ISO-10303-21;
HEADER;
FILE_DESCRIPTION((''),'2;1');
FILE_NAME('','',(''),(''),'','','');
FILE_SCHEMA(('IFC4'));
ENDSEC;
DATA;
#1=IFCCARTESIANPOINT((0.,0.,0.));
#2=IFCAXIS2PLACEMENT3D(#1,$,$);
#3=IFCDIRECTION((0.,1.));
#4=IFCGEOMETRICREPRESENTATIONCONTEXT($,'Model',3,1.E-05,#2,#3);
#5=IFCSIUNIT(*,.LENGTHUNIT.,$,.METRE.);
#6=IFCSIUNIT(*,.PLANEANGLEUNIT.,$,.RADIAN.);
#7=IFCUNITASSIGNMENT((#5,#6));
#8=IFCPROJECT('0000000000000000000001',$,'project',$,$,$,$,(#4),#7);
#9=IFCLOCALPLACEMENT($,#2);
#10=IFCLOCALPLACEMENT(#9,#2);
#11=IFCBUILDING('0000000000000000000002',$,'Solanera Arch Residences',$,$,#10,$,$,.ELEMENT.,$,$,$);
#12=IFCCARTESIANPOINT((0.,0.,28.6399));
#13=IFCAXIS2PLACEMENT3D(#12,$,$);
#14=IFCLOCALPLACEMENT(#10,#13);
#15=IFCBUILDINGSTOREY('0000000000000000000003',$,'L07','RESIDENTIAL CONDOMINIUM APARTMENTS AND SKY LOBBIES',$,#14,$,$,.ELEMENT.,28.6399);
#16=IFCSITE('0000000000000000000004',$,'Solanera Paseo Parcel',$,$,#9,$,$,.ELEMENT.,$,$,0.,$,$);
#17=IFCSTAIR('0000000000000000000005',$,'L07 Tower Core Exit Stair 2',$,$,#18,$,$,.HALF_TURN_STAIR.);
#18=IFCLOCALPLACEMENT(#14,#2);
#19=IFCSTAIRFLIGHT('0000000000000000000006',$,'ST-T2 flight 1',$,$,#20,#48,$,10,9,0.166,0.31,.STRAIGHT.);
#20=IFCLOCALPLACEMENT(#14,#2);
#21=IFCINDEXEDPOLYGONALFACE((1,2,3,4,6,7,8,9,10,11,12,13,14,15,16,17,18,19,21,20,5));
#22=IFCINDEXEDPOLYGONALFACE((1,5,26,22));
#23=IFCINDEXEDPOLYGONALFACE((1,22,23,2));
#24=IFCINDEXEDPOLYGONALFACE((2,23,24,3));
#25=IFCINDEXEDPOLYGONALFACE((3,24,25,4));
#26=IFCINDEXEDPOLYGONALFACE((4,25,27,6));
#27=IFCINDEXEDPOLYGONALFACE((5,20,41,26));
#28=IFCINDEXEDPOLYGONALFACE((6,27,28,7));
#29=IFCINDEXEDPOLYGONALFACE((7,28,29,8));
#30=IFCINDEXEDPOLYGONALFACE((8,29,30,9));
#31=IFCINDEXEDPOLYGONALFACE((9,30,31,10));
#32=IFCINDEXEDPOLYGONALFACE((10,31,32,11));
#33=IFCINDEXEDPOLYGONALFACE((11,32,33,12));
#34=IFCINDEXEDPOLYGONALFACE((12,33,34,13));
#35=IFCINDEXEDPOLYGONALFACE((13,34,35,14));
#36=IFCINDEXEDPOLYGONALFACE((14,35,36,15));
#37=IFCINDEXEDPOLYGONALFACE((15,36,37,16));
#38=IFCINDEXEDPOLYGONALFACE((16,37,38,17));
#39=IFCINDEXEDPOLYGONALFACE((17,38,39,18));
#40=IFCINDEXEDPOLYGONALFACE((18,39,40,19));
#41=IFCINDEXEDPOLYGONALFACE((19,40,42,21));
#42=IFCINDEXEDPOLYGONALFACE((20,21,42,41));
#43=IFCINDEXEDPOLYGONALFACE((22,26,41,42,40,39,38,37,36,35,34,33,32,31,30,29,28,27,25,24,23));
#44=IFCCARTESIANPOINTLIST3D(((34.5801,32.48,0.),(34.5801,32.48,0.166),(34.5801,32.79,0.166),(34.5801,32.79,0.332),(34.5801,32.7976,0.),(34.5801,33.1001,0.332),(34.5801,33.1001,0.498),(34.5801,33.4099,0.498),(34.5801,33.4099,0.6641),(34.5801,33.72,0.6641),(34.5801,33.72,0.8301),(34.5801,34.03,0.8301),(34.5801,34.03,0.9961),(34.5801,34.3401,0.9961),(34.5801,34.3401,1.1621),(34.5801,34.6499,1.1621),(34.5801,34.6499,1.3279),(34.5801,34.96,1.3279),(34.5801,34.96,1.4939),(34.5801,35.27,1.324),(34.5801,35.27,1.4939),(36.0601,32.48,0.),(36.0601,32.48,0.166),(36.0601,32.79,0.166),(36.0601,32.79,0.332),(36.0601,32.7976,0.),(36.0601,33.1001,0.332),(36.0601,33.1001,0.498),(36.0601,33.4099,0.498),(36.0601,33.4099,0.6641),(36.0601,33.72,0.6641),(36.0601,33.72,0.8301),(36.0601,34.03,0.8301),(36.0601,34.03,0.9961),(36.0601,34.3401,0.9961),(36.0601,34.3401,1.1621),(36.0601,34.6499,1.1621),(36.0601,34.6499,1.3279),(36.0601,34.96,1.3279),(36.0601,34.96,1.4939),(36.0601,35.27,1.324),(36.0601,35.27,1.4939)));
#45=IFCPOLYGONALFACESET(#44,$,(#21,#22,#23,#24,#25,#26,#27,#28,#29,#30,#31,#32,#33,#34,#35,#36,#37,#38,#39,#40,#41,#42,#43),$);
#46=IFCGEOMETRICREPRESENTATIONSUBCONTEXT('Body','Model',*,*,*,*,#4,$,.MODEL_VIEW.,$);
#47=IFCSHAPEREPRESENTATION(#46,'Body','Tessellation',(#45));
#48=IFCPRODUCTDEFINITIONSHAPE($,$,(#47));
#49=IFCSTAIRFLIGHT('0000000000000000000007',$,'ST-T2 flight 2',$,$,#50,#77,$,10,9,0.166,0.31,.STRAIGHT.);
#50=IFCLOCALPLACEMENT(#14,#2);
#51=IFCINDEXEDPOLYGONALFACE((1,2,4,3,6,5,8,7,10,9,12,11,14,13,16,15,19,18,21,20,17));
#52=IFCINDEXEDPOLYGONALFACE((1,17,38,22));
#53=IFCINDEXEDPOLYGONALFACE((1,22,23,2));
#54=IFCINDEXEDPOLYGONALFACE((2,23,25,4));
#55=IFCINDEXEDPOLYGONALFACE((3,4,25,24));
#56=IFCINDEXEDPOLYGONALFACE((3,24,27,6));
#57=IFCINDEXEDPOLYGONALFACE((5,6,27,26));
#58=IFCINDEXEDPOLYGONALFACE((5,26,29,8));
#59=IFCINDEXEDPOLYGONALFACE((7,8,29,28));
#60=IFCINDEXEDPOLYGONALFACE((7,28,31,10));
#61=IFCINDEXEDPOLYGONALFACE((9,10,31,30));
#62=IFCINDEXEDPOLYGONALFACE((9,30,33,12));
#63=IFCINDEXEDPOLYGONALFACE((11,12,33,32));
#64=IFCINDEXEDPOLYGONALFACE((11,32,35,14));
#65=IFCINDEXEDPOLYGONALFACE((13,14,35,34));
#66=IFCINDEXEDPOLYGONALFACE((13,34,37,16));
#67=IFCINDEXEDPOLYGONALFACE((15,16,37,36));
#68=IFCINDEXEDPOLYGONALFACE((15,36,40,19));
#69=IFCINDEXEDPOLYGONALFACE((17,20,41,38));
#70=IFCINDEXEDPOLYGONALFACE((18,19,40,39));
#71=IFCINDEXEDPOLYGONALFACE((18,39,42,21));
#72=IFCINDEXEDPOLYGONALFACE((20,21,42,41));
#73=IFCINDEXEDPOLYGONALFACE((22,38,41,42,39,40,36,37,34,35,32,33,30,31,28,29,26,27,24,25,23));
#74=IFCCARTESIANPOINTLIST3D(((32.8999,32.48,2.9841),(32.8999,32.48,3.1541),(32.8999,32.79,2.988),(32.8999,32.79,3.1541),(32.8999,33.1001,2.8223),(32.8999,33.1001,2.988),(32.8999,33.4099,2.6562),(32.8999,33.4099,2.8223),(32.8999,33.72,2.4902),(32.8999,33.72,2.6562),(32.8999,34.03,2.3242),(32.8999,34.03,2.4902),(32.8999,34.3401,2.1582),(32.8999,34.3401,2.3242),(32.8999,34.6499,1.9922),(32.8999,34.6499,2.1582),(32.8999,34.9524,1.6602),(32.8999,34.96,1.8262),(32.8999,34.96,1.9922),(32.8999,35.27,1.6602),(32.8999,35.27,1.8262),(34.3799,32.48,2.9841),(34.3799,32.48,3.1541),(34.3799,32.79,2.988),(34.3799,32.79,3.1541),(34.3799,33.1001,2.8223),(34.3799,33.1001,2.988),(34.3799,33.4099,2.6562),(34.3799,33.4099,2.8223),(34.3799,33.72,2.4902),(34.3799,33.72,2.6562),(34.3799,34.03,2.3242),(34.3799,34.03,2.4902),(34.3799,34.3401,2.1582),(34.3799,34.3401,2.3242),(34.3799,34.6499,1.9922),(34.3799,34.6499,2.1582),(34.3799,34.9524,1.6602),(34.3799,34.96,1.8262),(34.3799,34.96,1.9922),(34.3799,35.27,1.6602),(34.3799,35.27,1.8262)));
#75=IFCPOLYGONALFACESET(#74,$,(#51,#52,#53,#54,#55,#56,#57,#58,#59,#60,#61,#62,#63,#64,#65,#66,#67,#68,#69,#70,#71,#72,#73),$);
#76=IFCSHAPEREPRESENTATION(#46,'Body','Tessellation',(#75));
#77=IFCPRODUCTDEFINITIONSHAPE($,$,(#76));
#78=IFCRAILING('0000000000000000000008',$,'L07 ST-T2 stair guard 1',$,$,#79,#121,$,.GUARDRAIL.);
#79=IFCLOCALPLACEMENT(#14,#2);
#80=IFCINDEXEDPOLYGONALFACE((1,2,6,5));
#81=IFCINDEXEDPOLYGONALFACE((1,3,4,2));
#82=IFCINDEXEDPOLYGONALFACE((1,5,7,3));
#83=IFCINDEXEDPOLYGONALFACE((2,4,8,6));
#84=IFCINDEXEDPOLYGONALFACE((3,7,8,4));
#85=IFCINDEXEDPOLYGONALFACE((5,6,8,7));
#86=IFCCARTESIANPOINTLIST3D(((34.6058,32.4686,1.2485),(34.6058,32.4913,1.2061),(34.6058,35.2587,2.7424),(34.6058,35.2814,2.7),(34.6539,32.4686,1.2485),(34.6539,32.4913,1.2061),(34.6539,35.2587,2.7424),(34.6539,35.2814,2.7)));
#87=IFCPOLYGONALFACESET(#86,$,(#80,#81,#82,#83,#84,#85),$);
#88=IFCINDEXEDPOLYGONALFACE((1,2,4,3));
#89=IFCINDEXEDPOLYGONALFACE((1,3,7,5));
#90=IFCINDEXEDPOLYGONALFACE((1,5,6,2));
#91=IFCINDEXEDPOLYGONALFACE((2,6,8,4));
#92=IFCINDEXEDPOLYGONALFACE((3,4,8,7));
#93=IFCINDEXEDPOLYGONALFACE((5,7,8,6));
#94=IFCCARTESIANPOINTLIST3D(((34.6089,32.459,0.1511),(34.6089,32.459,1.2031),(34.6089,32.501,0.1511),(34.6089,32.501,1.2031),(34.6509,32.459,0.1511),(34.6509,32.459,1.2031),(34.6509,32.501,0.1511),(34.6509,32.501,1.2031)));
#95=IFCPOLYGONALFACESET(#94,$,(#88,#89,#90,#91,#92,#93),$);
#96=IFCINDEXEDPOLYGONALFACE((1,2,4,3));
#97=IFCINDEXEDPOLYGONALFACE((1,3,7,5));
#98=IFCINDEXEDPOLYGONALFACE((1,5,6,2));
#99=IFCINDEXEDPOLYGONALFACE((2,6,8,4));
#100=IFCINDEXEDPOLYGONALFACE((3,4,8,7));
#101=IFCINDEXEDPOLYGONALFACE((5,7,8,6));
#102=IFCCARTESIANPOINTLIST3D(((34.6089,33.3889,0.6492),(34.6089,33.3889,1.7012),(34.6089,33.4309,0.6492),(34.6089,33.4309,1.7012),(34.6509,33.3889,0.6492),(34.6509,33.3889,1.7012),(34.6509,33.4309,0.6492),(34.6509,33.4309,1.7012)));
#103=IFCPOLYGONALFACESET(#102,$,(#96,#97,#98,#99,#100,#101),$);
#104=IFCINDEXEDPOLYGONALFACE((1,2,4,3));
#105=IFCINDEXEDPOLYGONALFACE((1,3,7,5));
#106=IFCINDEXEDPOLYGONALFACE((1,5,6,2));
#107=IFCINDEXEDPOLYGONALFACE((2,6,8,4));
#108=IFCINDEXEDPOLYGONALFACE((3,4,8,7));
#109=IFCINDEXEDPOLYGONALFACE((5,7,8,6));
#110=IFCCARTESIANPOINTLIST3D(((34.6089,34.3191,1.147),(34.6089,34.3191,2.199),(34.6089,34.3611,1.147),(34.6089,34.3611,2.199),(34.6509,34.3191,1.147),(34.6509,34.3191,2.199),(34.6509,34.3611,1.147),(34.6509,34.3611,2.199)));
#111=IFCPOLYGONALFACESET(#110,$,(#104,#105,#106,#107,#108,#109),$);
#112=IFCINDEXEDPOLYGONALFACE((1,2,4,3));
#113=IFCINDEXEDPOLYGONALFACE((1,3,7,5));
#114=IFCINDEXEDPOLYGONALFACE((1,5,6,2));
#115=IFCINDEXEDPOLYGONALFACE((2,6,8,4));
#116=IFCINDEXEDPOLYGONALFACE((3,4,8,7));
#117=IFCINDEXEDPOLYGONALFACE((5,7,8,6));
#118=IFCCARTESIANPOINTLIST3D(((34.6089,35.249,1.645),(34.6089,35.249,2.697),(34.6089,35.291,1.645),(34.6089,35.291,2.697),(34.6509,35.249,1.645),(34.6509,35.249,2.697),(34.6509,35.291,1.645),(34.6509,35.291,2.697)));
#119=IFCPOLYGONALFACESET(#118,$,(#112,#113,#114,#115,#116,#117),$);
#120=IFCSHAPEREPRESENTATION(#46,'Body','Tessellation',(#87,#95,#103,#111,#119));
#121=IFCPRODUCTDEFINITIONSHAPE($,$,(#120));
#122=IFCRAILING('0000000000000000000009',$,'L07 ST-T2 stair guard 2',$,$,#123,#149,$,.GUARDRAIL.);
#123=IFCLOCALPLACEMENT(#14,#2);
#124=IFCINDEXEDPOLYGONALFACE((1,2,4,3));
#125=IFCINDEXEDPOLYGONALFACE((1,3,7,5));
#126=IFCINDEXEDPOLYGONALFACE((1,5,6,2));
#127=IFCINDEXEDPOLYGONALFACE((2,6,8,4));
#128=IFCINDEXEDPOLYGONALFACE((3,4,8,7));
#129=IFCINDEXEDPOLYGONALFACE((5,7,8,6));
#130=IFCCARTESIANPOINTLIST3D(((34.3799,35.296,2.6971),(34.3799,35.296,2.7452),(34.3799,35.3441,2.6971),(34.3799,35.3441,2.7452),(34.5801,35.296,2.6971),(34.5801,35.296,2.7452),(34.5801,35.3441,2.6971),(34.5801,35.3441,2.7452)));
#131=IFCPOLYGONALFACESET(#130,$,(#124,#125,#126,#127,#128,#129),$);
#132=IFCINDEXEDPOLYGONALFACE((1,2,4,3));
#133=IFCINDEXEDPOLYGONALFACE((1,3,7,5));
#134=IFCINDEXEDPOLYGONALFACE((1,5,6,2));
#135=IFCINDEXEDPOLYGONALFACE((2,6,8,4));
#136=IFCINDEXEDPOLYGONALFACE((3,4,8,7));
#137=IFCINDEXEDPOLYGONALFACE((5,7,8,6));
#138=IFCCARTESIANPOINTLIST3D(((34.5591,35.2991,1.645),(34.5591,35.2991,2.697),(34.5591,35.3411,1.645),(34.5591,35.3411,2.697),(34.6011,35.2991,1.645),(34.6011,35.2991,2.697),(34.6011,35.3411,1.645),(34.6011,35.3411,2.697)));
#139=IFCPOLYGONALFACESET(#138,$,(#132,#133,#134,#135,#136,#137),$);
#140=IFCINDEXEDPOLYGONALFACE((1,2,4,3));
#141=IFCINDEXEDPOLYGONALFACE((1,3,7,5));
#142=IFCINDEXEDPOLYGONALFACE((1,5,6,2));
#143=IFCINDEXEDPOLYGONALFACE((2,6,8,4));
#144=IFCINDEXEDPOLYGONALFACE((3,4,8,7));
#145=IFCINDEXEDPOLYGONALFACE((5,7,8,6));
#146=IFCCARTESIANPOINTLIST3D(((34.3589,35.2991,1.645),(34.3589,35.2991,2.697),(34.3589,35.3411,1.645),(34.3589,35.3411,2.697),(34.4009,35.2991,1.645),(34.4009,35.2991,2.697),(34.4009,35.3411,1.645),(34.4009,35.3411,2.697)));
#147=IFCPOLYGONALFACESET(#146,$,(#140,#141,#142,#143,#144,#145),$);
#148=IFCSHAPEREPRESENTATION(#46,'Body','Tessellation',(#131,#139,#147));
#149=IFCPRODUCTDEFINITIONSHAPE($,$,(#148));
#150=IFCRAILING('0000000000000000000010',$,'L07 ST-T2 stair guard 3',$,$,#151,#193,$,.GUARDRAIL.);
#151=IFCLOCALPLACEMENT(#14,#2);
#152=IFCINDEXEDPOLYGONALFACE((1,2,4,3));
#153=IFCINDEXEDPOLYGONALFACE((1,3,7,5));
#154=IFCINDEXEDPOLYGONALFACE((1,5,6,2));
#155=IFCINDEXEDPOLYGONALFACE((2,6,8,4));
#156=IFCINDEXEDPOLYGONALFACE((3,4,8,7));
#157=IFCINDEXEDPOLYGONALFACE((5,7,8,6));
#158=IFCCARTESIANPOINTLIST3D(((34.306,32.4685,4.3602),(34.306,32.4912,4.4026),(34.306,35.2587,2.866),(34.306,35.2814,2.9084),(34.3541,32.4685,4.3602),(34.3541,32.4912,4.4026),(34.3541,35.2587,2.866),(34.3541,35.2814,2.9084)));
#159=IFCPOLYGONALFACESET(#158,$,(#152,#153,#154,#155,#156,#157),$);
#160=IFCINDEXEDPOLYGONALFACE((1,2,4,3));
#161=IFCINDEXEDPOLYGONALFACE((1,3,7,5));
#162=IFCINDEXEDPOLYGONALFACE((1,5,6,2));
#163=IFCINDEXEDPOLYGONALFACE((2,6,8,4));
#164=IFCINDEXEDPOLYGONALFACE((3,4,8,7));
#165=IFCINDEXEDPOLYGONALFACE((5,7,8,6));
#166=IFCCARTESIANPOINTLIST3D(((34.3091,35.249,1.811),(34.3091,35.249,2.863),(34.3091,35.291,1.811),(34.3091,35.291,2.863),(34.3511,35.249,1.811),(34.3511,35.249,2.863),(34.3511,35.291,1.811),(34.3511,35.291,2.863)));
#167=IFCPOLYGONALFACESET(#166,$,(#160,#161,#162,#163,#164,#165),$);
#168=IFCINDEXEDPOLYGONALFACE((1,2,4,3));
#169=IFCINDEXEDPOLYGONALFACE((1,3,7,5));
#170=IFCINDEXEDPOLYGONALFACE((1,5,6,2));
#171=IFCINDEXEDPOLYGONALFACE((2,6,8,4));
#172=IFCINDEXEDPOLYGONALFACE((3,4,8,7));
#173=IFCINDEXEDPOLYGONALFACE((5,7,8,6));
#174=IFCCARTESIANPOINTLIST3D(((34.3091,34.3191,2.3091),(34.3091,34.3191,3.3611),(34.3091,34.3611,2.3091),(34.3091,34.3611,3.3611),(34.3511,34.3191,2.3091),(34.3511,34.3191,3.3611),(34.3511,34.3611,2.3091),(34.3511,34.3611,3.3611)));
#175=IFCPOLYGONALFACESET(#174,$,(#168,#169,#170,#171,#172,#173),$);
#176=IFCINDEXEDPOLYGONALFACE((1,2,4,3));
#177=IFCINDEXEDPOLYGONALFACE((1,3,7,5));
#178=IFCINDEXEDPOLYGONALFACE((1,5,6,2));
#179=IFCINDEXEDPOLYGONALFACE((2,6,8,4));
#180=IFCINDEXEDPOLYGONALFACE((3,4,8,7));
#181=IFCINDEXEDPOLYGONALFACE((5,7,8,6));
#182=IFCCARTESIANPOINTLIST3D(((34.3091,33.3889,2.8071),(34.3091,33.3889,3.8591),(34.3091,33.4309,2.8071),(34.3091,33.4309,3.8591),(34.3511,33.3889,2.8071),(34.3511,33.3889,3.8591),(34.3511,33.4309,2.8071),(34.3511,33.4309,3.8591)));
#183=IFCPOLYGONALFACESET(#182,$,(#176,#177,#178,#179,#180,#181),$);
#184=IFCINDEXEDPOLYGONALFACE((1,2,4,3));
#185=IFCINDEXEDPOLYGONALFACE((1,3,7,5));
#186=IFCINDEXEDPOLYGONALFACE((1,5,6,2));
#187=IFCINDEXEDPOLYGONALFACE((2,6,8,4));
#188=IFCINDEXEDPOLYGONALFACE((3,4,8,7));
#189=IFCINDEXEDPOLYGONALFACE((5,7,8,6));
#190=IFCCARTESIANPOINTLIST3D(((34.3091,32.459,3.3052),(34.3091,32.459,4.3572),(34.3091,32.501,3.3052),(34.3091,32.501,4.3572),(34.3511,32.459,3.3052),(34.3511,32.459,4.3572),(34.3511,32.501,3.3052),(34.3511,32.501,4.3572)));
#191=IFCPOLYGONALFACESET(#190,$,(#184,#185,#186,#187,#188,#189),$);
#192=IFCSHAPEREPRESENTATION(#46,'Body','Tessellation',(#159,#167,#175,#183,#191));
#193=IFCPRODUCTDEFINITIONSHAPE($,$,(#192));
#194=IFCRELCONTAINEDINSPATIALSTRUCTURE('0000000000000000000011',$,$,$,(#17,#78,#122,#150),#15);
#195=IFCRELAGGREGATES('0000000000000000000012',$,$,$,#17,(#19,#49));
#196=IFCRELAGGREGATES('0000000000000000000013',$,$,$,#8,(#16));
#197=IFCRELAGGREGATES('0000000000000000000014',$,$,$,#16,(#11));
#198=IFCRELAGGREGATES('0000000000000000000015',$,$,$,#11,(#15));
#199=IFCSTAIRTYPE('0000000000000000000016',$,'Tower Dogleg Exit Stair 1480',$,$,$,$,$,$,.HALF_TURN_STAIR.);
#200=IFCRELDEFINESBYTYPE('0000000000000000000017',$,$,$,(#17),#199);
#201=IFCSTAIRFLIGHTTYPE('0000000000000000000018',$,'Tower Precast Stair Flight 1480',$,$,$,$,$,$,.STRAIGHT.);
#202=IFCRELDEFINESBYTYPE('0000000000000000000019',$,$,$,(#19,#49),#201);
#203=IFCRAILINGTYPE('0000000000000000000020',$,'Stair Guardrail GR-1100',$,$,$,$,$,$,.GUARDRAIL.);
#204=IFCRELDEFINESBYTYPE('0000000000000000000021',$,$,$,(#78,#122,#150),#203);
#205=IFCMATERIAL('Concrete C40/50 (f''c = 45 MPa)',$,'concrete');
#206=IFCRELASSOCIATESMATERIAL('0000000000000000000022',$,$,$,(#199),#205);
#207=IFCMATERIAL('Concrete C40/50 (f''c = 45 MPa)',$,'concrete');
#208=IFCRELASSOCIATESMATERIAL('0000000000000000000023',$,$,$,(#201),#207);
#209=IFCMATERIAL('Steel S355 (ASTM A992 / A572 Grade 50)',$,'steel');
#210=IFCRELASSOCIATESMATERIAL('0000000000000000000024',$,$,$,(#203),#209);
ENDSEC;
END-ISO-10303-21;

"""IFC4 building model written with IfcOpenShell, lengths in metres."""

from ifc_helpers import new_model, si_unit, direction, frame, origin, origin_2d, place, context, subcontext, project, spatial, polyline, rectangle, outline, extrude, material, type_object, element, aggregate, save


model = new_model("IFC4")

# Units and contexts
model_context = context("Model", 3, precision=1e-05, world=origin(), true_north=direction((0.0, 1.0)))
body_context = subcontext(model_context, "Body", "Model", "MODEL_VIEW")
ifc_project = project(units=[si_unit("LENGTHUNIT", "METRE"), si_unit("PLANEANGLEUNIT", "RADIAN")], contexts=[model_context])

# Site, building, storey
site_placement = place(None, origin())
site = spatial("IfcSite", under=ifc_project, at=site_placement, Name="Solanera Paseo Parcel", CompositionType="ELEMENT", RefElevation=0.0)
building_placement = place(site_placement, origin())
building = spatial("IfcBuilding", under=site, at=building_placement, Name="Solanera Arch Residences", CompositionType="ELEMENT")
storey_placement = place(building_placement, frame((0.0, 0.0, 28.6399)))
storey = spatial("IfcBuildingStorey", under=building, at=storey_placement, Name="L07", Description="RESIDENTIAL CONDOMINIUM APARTMENTS AND SKY LOBBIES", CompositionType="ELEMENT", Elevation=28.6399)

# Stair, stair flights
ifc_material_1 = material(Name="Concrete C40/50 (f'c = 45 MPa)", Category="concrete")
stair_type = type_object("IfcStairType", Name="Tower Dogleg Exit Stair 1480", PredefinedType="HALF_TURN_STAIR", material=ifc_material_1)
stair_placement = place(storey_placement, origin())
stair = element("IfcStair", 1, at=stair_placement, inside=storey, type_object=stair_type, Name="L07 Tower Core Exit Stair 2", PredefinedType="HALF_TURN_STAIR")
ifc_material_2 = material(Name="Concrete C40/50 (f'c = 45 MPa)", Category="concrete")
stair_flight_type = type_object("IfcStairFlightType", Name="Tower Precast Stair Flight 1480", PredefinedType="STRAIGHT", material=ifc_material_2)
stair_flight_1_placement = place(storey_placement, frame((35.3201, 32.48, 0.0), z_axis=(0.0, 0.0, 1.0), x_axis=(0.0, 1.0, 0.0)))
stair_flight_1 = element("IfcStairFlight", 2, at=stair_flight_1_placement, type_object=stair_flight_type, Name="ST-T2 flight 1", NumberOfRisers=10, NumberOfTreads=9, PredefinedType="STRAIGHT", RiserHeight=0.166, TreadLength=0.31, context=body_context, shape_type="SweptSolid", body=[
    extrude(outline(polyline([(0.0, 0.0), (0.0, 0.166), (0.3101, 0.166), (0.3101, 0.332), (0.6201, 0.332), (0.6201, 0.498), (0.9299, 0.498), (0.9299, 0.6641), (1.24, 0.6641), (1.24, 0.8301), (1.55, 0.8301), (1.55, 0.9961), (1.8601, 0.9961), (1.8601, 1.1621), (2.1699, 1.1621), (2.1699, 1.3279), (2.48, 1.3279), (2.48, 1.4939), (2.79, 1.4939), (2.79, 1.6599), (2.79, 1.324), (0.3176, 0.0), (0.0, 0.0)])), frame((0.0, 0.74, 0.0), z_axis=(0.0, -1.0, 0.0), x_axis=(1.0, 0.0, 0.0)), (0.0, 0.0, 1.0), 1.48),
])
stair_flight_2_placement = place(storey_placement, frame((33.6399, 35.27, 1.6602), z_axis=(0.0, 0.0, 1.0), x_axis=(0.0, -1.0, 0.0)))
stair_flight_2 = element("IfcStairFlight", 3, at=stair_flight_2_placement, type_object=stair_flight_type, Name="ST-T2 flight 2", NumberOfRisers=10, NumberOfTreads=9, PredefinedType="STRAIGHT", RiserHeight=0.166, TreadLength=0.31, context=body_context, shape_type="SweptSolid", body=[
    extrude(outline(polyline([(0.0, 0.0), (0.0, 0.166), (0.3101, 0.166), (0.3101, 0.332), (0.6201, 0.332), (0.6201, 0.498), (0.9299, 0.498), (0.9299, 0.6641), (1.24, 0.6641), (1.24, 0.8301), (1.55, 0.8301), (1.55, 0.9961), (1.8601, 0.9961), (1.8601, 1.1621), (2.1699, 1.1621), (2.1699, 1.3279), (2.48, 1.3279), (2.48, 1.4939), (2.79, 1.4939), (2.79, 1.6599), (2.79, 1.324), (0.3176, 0.0), (0.0, 0.0)])), frame((0.0, 0.74, 0.0), z_axis=(0.0, -1.0, 0.0), x_axis=(1.0, 0.0, 0.0)), (0.0, 0.0, 1.0), 1.48),
])
aggregate(stair, [stair_flight_1, stair_flight_2])

# Railings
ifc_material_3 = material(Name="Steel S355 (ASTM A992 / A572 Grade 50)", Category="steel")
railing_type_1 = type_object("IfcRailingType", Name="Stair Guardrail GR-1100", PredefinedType="GUARDRAIL", material=ifc_material_3)
railing_1_placement = place(storey_placement, frame((34.6299, 32.48, 0.1511)))
element("IfcRailing", 4, at=railing_1_placement, inside=storey, type_object=railing_type_1, Name="L07 ST-T2 stair guard 1", PredefinedType="GUARDRAIL", context=body_context, shape_type="SweptSolid", body=[
    extrude(rectangle(XDim=0.0481, YDim=0.0481, at=origin_2d()), frame((0.0, 0.0, 1.0762), z_axis=(0.0, 0.881581, 0.472033), x_axis=(-1.0, 0.0, 0.0)), (0.0, 0.0, 1.0), 3.1648),
    extrude(rectangle(XDim=0.042, YDim=0.042, at=origin_2d()), origin(), (0.0, 0.0, 1.0), 1.052),
    extrude(rectangle(XDim=0.042, YDim=0.042, at=origin_2d()), frame((0.0, 0.9299, 0.498)), (0.0, 0.0, 1.0), 1.052),
    extrude(rectangle(XDim=0.042, YDim=0.042, at=origin_2d()), frame((0.0, 1.8601, 0.9958)), (0.0, 0.0, 1.0), 1.052),
    extrude(rectangle(XDim=0.042, YDim=0.042, at=origin_2d()), frame((0.0, 2.79, 1.4939)), (0.0, 0.0, 1.0), 1.052),
])
railing_2_placement = place(storey_placement, frame((34.5801, 35.3201, 1.645)))
element("IfcRailing", 5, at=railing_2_placement, inside=storey, type_object=railing_type_1, Name="L07 ST-T2 stair guard 2", PredefinedType="GUARDRAIL", context=body_context, shape_type="SweptSolid", body=[
    extrude(rectangle(XDim=0.0481, YDim=0.0481, at=origin_2d()), frame((0.0, 0.0, 1.0762), z_axis=(-1.0, 0.0, 0.0), x_axis=(0.0, -1.0, 0.0)), (0.0, 0.0, 1.0), 0.2002),
    extrude(rectangle(XDim=0.042, YDim=0.042, at=origin_2d()), origin(), (0.0, 0.0, 1.0), 1.052),
    extrude(rectangle(XDim=0.042, YDim=0.042, at=origin_2d()), frame((-0.2002, 0.0, 0.0)), (0.0, 0.0, 1.0), 1.052),
])
railing_3_placement = place(storey_placement, frame((34.3301, 35.27, 1.811)))
element("IfcRailing", 6, at=railing_3_placement, inside=storey, type_object=railing_type_1, Name="L07 ST-T2 stair guard 3", PredefinedType="GUARDRAIL", context=body_context, shape_type="SweptSolid", body=[
    extrude(rectangle(XDim=0.0481, YDim=0.0481, at=origin_2d()), frame((0.0, 0.0, 1.0762), z_axis=(0.0, -0.881549, 0.472093), x_axis=(1.0, 0.0, 0.0)), (0.0, 0.0, 1.0), 3.165),
    extrude(rectangle(XDim=0.042, YDim=0.042, at=origin_2d()), origin(), (0.0, 0.0, 1.0), 1.052),
    extrude(rectangle(XDim=0.042, YDim=0.042, at=origin_2d()), frame((0.0, -0.9299, 0.498)), (0.0, 0.0, 1.0), 1.052),
    extrude(rectangle(XDim=0.042, YDim=0.042, at=origin_2d()), frame((0.0, -1.8601, 0.9961)), (0.0, 0.0, 1.0), 1.052),
    extrude(rectangle(XDim=0.042, YDim=0.042, at=origin_2d()), frame((0.0, -2.79, 1.4941)), (0.0, 0.0, 1.0), 1.052),
])

save(model, "model.ifc")
